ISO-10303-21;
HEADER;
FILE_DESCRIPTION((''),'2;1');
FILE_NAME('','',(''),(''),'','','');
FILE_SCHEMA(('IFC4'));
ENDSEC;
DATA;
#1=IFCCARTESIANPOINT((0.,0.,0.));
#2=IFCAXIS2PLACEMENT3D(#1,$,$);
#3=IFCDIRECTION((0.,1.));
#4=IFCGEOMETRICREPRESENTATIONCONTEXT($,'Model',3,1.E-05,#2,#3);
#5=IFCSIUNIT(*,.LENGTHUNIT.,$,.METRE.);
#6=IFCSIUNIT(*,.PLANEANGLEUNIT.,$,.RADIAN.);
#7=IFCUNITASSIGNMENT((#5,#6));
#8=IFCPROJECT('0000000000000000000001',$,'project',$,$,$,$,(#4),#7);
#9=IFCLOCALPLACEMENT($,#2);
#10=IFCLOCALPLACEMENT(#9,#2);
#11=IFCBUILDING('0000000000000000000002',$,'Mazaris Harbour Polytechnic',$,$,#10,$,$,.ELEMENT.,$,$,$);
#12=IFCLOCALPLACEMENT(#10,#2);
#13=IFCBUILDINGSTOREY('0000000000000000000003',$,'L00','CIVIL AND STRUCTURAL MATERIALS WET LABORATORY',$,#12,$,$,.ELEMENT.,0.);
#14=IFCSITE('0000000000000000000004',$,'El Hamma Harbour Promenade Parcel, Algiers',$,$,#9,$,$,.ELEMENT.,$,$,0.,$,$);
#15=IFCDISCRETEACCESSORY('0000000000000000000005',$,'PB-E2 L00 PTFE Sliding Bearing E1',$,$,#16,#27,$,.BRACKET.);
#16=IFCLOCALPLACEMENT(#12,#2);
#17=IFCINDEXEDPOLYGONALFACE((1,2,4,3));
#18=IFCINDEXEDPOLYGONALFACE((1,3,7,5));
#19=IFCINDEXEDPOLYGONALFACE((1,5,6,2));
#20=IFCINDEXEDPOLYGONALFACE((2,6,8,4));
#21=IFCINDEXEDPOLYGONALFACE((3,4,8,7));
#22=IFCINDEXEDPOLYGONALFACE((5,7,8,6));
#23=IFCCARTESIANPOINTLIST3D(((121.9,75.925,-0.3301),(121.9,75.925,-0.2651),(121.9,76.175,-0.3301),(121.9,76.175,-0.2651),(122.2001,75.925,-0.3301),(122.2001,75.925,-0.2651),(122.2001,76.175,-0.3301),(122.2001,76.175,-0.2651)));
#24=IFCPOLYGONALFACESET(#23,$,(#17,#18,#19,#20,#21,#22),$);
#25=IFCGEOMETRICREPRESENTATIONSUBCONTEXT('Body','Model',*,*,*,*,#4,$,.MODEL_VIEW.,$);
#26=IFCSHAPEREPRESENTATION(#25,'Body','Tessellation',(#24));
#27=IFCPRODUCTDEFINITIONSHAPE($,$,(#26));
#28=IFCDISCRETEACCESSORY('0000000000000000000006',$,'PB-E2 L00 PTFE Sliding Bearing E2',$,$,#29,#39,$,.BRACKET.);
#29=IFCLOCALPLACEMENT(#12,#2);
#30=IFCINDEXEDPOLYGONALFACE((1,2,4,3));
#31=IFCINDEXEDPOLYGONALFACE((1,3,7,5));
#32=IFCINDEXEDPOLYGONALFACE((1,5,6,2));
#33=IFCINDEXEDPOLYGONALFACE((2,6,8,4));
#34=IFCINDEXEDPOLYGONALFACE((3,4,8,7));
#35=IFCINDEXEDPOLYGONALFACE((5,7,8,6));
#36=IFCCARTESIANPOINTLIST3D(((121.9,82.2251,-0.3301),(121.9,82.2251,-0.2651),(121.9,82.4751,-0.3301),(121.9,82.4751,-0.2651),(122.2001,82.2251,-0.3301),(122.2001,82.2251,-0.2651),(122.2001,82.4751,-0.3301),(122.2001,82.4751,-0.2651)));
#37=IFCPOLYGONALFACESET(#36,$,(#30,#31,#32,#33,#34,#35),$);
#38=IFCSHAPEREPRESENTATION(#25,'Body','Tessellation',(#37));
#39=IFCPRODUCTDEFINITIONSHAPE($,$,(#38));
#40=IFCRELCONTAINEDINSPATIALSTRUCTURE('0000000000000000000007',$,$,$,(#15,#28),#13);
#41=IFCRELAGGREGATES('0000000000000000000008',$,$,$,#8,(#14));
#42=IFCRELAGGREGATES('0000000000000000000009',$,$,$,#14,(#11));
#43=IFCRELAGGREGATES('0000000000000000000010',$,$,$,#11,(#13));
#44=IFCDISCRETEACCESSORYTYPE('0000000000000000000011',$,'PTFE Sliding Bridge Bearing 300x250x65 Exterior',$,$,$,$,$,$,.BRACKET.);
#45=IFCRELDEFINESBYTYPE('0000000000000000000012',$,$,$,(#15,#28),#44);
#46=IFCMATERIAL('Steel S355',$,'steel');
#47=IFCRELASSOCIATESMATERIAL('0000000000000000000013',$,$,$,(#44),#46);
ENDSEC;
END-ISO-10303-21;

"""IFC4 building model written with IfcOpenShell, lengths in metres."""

from ifc_helpers import new_model, si_unit, direction, frame, origin, origin_2d, place, context, subcontext, project, spatial, rectangle, extrude, material, type_object, element, save


model = new_model("IFC4")

# Units and contexts
model_context = context("Model", 3, precision=1e-05, world=origin(), true_north=direction((0.0, 1.0)))
body_context = subcontext(model_context, "Body", "Model", "MODEL_VIEW")
ifc_project = project(units=[si_unit("LENGTHUNIT", "METRE"), si_unit("PLANEANGLEUNIT", "RADIAN")], contexts=[model_context])

# Site, building, storey
site_placement = place(None, origin())
site = spatial("IfcSite", under=ifc_project, at=site_placement, Name="El Hamma Harbour Promenade Parcel, Algiers", CompositionType="ELEMENT", RefElevation=0.0)
building_placement = place(site_placement, origin())
building = spatial("IfcBuilding", under=site, at=building_placement, Name="Mazaris Harbour Polytechnic", CompositionType="ELEMENT")
storey_placement = place(building_placement, origin())
storey = spatial("IfcBuildingStorey", under=building, at=storey_placement, Name="L00", Description="CIVIL AND STRUCTURAL MATERIALS WET LABORATORY", CompositionType="ELEMENT", Elevation=0.0)

# Discrete accessories
ifc_material_1 = material(Name="Steel S355", Category="steel")
discrete_accessory_type = type_object("IfcDiscreteAccessoryType", Name="PTFE Sliding Bridge Bearing 300x250x65 Exterior", PredefinedType="BRACKET", material=ifc_material_1)
for number, where, z_axis, x_axis, name in (
    (1, (122.05, 76.05, -0.3301), (0.0, 0.0, 1.0), (1.0, 0.0, 0.0), "PB-E2 L00 PTFE Sliding Bearing E1"),
    (2, (122.05, 82.3501, -0.3301), (0.0, 0.0, 1.0), (1.0, 0.0, 0.0), "PB-E2 L00 PTFE Sliding Bearing E2"),
):
    element("IfcDiscreteAccessory", number, at=place(storey_placement, frame(where, z_axis=z_axis, x_axis=x_axis)), inside=storey, type_object=discrete_accessory_type, Name=name, PredefinedType="BRACKET", context=body_context, shape_type="SweptSolid", body=[
        extrude(rectangle(XDim=0.3, YDim=0.25, at=origin_2d()), origin(), (0.0, 0.0, 1.0), 0.0649),
    ])

save(model, "model.ifc")
